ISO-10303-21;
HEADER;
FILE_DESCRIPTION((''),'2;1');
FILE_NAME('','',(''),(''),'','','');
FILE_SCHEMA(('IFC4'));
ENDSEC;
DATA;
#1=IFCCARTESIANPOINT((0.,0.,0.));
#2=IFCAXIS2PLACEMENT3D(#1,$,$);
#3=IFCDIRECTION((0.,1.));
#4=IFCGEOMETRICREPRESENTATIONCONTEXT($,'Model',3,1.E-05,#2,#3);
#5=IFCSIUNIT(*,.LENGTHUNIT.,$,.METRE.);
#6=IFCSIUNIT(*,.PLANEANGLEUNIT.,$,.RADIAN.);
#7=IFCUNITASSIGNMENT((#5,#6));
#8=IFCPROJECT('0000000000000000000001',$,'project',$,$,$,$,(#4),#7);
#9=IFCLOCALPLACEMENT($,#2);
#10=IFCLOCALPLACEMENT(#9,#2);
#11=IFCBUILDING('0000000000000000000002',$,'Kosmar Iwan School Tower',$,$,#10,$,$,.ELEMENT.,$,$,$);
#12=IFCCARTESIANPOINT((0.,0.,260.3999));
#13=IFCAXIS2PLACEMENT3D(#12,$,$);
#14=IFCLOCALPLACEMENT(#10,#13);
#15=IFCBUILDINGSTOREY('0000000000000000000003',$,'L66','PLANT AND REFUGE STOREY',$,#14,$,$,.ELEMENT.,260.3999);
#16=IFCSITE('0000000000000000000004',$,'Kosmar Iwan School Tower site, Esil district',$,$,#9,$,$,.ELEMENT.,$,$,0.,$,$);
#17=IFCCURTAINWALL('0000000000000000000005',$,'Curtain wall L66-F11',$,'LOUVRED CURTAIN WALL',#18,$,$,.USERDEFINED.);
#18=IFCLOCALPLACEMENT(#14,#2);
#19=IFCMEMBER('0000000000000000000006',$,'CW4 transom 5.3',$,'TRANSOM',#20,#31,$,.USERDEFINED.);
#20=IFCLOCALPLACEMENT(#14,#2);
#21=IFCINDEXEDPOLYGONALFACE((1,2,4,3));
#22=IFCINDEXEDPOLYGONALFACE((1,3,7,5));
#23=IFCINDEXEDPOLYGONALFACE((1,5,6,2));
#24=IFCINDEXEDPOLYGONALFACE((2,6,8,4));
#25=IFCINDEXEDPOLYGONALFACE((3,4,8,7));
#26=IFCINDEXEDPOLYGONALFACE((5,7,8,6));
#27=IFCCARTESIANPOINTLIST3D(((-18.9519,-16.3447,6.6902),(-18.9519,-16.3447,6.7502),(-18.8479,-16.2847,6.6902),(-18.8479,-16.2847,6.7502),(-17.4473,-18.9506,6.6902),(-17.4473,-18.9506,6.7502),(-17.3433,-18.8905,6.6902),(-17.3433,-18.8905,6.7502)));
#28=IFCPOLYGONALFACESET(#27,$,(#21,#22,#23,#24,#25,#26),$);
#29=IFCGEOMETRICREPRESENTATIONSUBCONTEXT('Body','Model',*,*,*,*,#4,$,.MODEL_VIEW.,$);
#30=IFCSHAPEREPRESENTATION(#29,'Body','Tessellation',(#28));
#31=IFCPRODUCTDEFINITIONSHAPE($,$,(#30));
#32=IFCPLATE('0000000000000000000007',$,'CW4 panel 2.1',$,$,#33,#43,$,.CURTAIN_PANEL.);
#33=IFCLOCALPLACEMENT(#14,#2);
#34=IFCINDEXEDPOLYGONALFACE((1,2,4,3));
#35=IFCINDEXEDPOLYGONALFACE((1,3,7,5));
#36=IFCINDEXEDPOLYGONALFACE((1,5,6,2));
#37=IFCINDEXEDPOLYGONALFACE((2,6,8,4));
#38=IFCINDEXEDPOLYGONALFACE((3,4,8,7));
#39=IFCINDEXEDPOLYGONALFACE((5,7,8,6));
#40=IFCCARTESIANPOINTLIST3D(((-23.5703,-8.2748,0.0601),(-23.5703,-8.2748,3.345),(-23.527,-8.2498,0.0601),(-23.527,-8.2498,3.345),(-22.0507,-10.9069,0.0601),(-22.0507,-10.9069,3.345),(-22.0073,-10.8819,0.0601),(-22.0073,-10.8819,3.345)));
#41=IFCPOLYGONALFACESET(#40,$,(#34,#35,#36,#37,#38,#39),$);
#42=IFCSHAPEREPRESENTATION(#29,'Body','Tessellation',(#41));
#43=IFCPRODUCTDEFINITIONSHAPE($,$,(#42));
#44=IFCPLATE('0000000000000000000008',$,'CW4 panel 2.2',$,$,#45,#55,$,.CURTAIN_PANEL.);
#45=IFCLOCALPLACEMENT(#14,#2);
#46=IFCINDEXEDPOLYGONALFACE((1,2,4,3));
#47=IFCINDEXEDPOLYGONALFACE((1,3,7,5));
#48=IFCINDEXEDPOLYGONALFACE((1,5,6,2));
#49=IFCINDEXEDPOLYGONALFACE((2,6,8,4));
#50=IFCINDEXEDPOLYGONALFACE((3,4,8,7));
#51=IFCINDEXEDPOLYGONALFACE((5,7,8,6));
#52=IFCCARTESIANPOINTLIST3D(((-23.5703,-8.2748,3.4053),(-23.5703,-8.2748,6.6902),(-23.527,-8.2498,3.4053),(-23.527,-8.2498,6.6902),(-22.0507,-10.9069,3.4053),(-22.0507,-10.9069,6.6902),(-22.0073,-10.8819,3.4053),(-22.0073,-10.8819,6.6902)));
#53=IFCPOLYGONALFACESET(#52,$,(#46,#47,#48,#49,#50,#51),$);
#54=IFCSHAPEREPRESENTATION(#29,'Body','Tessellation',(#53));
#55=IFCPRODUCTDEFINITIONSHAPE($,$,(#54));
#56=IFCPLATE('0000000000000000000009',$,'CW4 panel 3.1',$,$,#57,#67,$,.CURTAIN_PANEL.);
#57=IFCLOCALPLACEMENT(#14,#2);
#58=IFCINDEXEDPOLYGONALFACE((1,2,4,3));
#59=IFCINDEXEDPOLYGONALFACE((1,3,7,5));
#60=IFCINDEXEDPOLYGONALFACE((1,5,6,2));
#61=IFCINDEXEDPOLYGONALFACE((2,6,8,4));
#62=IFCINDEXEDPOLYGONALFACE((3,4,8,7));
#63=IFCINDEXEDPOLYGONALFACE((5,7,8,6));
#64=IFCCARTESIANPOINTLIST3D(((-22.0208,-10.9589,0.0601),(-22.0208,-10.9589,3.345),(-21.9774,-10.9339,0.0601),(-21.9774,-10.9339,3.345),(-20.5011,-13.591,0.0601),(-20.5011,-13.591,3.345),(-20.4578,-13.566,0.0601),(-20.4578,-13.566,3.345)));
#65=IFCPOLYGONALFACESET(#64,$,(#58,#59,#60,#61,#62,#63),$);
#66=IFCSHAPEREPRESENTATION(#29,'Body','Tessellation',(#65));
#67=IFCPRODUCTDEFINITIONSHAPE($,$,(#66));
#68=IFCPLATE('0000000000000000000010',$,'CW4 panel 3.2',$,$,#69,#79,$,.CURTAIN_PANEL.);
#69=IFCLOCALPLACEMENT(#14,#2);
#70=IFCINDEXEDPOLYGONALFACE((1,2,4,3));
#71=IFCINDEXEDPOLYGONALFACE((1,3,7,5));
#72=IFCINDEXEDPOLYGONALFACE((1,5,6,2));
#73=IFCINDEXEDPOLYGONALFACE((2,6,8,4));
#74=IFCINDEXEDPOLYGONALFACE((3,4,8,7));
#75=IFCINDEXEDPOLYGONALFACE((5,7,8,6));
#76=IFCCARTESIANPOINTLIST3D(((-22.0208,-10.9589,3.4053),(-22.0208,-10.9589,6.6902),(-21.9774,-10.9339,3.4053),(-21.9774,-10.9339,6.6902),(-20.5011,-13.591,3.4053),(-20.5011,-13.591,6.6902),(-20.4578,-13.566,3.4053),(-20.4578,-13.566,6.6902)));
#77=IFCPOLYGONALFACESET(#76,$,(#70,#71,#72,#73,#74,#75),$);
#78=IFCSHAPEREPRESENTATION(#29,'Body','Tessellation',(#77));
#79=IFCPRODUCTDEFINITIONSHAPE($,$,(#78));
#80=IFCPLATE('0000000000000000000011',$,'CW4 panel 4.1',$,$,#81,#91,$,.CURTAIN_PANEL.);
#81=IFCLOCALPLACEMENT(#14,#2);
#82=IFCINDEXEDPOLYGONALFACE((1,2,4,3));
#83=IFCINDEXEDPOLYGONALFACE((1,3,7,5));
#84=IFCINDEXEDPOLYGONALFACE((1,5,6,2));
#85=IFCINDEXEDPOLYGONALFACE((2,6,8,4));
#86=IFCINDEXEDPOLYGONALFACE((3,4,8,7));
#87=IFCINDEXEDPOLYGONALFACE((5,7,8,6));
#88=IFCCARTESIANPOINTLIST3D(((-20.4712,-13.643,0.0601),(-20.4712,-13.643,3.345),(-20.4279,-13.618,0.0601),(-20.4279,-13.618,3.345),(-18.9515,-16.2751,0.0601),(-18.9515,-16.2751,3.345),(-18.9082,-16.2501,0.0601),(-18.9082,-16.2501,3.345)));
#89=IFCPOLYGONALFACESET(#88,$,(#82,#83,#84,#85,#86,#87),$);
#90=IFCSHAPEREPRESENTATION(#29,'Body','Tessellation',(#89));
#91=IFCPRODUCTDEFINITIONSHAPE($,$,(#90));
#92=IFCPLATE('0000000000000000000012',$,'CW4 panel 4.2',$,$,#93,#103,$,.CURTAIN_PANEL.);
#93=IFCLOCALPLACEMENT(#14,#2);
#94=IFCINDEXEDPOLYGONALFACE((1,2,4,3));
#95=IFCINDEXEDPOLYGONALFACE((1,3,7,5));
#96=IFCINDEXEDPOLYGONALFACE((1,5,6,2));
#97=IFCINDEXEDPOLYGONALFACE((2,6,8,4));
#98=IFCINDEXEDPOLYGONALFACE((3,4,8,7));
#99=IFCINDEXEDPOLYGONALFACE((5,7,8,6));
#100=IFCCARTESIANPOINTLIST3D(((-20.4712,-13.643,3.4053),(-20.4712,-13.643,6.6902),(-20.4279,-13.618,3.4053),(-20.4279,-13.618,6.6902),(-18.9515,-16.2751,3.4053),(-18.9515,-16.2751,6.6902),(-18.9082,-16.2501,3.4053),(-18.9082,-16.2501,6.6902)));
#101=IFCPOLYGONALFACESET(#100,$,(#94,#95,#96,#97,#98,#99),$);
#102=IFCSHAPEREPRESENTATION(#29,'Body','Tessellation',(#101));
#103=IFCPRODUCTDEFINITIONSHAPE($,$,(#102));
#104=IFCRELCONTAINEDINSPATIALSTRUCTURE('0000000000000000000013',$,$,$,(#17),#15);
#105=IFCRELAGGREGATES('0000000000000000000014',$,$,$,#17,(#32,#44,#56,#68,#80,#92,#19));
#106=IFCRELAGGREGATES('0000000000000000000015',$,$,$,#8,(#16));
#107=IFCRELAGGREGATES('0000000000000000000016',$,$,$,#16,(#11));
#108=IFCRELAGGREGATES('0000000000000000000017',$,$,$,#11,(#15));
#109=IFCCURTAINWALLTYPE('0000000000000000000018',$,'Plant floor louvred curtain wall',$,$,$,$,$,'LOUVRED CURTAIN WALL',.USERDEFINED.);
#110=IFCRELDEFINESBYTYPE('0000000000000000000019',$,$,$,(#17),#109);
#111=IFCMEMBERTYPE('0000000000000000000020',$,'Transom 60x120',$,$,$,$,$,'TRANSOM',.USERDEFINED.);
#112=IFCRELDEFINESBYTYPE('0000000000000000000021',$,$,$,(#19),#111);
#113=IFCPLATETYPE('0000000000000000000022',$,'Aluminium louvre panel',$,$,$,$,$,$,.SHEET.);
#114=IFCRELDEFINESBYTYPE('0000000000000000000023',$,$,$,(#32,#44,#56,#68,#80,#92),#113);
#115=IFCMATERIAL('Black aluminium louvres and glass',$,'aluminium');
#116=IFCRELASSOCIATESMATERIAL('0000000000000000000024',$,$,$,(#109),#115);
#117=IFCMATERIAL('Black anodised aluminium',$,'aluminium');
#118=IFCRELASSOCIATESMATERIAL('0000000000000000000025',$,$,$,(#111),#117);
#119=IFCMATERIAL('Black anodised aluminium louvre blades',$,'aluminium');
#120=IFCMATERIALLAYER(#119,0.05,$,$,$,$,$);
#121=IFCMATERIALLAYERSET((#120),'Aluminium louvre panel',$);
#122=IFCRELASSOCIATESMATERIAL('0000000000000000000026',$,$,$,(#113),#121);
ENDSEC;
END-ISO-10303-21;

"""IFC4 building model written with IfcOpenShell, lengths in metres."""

from ifc_helpers import new_model, si_unit, direction, frame, origin, origin_2d, place, context, subcontext, project, spatial, rectangle, extrude, material, layer, layer_set, material_profile, profile_set, type_object, element, aggregate, save


model = new_model("IFC4")

# Units and contexts
model_context = context("Model", 3, precision=1e-05, world=origin(), true_north=direction((0.0, 1.0)))
body_context = subcontext(model_context, "Body", "Model", "MODEL_VIEW")
ifc_project = project(units=[si_unit("LENGTHUNIT", "METRE"), si_unit("PLANEANGLEUNIT", "RADIAN")], contexts=[model_context])

# Site, building, storey
site_placement = place(None, origin())
site = spatial("IfcSite", under=ifc_project, at=site_placement, Name="Kosmar Iwan School Tower site, Esil district", CompositionType="ELEMENT", RefElevation=0.0)
building_placement = place(site_placement, origin())
building = spatial("IfcBuilding", under=site, at=building_placement, Name="Kosmar Iwan School Tower", CompositionType="ELEMENT")
storey_placement = place(building_placement, frame((0.0, 0.0, 260.3999)))
storey = spatial("IfcBuildingStorey", under=building, at=storey_placement, Name="L66", Description="PLANT AND REFUGE STOREY", CompositionType="ELEMENT", Elevation=260.3999)

# Curtain wall, member, plates
ifc_material_1 = material(Name="Black aluminium louvres and glass", Category="aluminium")
curtain_wall_type = type_object("IfcCurtainWallType", Name="Plant floor louvred curtain wall", ElementType="LOUVRED CURTAIN WALL", PredefinedType="USERDEFINED", material=ifc_material_1)
curtain_wall_placement = place(storey_placement, origin())
curtain_wall = element("IfcCurtainWall", 1, at=curtain_wall_placement, inside=storey, type_object=curtain_wall_type, Name="Curtain wall L66-F11", ObjectType="LOUVRED CURTAIN WALL", PredefinedType="USERDEFINED")
ifc_material_2 = material(Name="Black anodised aluminium", Category="aluminium")
ifc_material_profile_1 = material_profile(ifc_material_2, rectangle(XDim=0.1201, YDim=0.0601, at=origin_2d()), Name="TRANSOM 60x120")
ifc_profile_set_1 = profile_set([ifc_material_profile_1], Name="Black anodised aluminium")
member_type_1 = type_object("IfcMemberType", Name="Transom 60x120", ElementType="TRANSOM", PredefinedType="USERDEFINED", material=ifc_profile_set_1)
member_1_placement = place(storey_placement, frame((-18.8999, -16.3147, 6.7202), z_axis=(0.500022, -0.866013, 0.0), x_axis=(0.866013, 0.500022, 0.0)))
member_1 = element("IfcMember", 2, at=member_1_placement, type_object=member_type_1, Name="CW4 transom 5.3", ObjectType="TRANSOM", PredefinedType="USERDEFINED", context=body_context, shape_type="SweptSolid", body=[
    extrude(rectangle(XDim=0.1201, YDim=0.0601, at=origin_2d()), origin(), (0.0, 0.0, 1.0), 3.009),
])
ifc_material_3 = material(Name="Black anodised aluminium louvre blades", Category="aluminium")
ifc_layer = layer(ifc_material_3, 0.05)
ifc_layer_set = layer_set([ifc_layer], Name="Aluminium louvre panel")
plate_type = type_object("IfcPlateType", Name="Aluminium louvre panel", PredefinedType="SHEET", material=ifc_layer_set)
plate_1_placement = place(storey_placement, frame((-22.7888, -9.5784, 0.0601), z_axis=(0.0, 0.0, 1.0), x_axis=(0.5, -0.866025, 0.0)))
plate_1 = element("IfcPlate", 3, at=plate_1_placement, type_object=plate_type, Name="CW4 panel 2.1", PredefinedType="CURTAIN_PANEL", context=body_context, shape_type="SweptSolid", body=[
    extrude(rectangle(XDim=3.0393, YDim=0.05, at=origin_2d()), origin(), (0.0, 0.0, 1.0), 3.2849),
])
plate_2_placement = place(storey_placement, frame((-22.7888, -9.5784, 3.4053), z_axis=(0.0, 0.0, 1.0), x_axis=(0.5, -0.866025, 0.0)))
plate_2 = element("IfcPlate", 4, at=plate_2_placement, type_object=plate_type, Name="CW4 panel 2.2", PredefinedType="CURTAIN_PANEL", context=body_context, shape_type="SweptSolid", body=[
    extrude(rectangle(XDim=3.0393, YDim=0.05, at=origin_2d()), origin(), (0.0, 0.0, 1.0), 3.2849),
])
plate_3_placement = place(storey_placement, frame((-21.2393, -12.2625, 0.0601), z_axis=(0.0, 0.0, 1.0), x_axis=(0.5, -0.866025, 0.0)))
plate_3 = element("IfcPlate", 5, at=plate_3_placement, type_object=plate_type, Name="CW4 panel 3.1", PredefinedType="CURTAIN_PANEL", context=body_context, shape_type="SweptSolid", body=[
    extrude(rectangle(XDim=3.0393, YDim=0.05, at=origin_2d()), origin(), (0.0, 0.0, 1.0), 3.2849),
])
plate_4_placement = place(storey_placement, frame((-21.2393, -12.2625, 3.4053), z_axis=(0.0, 0.0, 1.0), x_axis=(0.5, -0.866025, 0.0)))
plate_4 = element("IfcPlate", 6, at=plate_4_placement, type_object=plate_type, Name="CW4 panel 3.2", PredefinedType="CURTAIN_PANEL", context=body_context, shape_type="SweptSolid", body=[
    extrude(rectangle(XDim=3.0393, YDim=0.05, at=origin_2d()), origin(), (0.0, 0.0, 1.0), 3.2849),
])
plate_5_placement = place(storey_placement, frame((-19.6897, -14.9465, 0.0601), z_axis=(0.0, 0.0, 1.0), x_axis=(0.5, -0.866025, 0.0)))
plate_5 = element("IfcPlate", 7, at=plate_5_placement, type_object=plate_type, Name="CW4 panel 4.1", PredefinedType="CURTAIN_PANEL", context=body_context, shape_type="SweptSolid", body=[
    extrude(rectangle(XDim=3.0393, YDim=0.05, at=origin_2d()), origin(), (0.0, 0.0, 1.0), 3.2849),
])
plate_6_placement = place(storey_placement, frame((-19.6897, -14.9465, 3.4053), z_axis=(0.0, 0.0, 1.0), x_axis=(0.5, -0.866025, 0.0)))
plate_6 = element("IfcPlate", 8, at=plate_6_placement, type_object=plate_type, Name="CW4 panel 4.2", PredefinedType="CURTAIN_PANEL", context=body_context, shape_type="SweptSolid", body=[
    extrude(rectangle(XDim=3.0393, YDim=0.05, at=origin_2d()), origin(), (0.0, 0.0, 1.0), 3.2849),
])
aggregate(curtain_wall, [plate_1, plate_2, plate_3, plate_4, plate_5, plate_6, member_1])

save(model, "model.ifc")
